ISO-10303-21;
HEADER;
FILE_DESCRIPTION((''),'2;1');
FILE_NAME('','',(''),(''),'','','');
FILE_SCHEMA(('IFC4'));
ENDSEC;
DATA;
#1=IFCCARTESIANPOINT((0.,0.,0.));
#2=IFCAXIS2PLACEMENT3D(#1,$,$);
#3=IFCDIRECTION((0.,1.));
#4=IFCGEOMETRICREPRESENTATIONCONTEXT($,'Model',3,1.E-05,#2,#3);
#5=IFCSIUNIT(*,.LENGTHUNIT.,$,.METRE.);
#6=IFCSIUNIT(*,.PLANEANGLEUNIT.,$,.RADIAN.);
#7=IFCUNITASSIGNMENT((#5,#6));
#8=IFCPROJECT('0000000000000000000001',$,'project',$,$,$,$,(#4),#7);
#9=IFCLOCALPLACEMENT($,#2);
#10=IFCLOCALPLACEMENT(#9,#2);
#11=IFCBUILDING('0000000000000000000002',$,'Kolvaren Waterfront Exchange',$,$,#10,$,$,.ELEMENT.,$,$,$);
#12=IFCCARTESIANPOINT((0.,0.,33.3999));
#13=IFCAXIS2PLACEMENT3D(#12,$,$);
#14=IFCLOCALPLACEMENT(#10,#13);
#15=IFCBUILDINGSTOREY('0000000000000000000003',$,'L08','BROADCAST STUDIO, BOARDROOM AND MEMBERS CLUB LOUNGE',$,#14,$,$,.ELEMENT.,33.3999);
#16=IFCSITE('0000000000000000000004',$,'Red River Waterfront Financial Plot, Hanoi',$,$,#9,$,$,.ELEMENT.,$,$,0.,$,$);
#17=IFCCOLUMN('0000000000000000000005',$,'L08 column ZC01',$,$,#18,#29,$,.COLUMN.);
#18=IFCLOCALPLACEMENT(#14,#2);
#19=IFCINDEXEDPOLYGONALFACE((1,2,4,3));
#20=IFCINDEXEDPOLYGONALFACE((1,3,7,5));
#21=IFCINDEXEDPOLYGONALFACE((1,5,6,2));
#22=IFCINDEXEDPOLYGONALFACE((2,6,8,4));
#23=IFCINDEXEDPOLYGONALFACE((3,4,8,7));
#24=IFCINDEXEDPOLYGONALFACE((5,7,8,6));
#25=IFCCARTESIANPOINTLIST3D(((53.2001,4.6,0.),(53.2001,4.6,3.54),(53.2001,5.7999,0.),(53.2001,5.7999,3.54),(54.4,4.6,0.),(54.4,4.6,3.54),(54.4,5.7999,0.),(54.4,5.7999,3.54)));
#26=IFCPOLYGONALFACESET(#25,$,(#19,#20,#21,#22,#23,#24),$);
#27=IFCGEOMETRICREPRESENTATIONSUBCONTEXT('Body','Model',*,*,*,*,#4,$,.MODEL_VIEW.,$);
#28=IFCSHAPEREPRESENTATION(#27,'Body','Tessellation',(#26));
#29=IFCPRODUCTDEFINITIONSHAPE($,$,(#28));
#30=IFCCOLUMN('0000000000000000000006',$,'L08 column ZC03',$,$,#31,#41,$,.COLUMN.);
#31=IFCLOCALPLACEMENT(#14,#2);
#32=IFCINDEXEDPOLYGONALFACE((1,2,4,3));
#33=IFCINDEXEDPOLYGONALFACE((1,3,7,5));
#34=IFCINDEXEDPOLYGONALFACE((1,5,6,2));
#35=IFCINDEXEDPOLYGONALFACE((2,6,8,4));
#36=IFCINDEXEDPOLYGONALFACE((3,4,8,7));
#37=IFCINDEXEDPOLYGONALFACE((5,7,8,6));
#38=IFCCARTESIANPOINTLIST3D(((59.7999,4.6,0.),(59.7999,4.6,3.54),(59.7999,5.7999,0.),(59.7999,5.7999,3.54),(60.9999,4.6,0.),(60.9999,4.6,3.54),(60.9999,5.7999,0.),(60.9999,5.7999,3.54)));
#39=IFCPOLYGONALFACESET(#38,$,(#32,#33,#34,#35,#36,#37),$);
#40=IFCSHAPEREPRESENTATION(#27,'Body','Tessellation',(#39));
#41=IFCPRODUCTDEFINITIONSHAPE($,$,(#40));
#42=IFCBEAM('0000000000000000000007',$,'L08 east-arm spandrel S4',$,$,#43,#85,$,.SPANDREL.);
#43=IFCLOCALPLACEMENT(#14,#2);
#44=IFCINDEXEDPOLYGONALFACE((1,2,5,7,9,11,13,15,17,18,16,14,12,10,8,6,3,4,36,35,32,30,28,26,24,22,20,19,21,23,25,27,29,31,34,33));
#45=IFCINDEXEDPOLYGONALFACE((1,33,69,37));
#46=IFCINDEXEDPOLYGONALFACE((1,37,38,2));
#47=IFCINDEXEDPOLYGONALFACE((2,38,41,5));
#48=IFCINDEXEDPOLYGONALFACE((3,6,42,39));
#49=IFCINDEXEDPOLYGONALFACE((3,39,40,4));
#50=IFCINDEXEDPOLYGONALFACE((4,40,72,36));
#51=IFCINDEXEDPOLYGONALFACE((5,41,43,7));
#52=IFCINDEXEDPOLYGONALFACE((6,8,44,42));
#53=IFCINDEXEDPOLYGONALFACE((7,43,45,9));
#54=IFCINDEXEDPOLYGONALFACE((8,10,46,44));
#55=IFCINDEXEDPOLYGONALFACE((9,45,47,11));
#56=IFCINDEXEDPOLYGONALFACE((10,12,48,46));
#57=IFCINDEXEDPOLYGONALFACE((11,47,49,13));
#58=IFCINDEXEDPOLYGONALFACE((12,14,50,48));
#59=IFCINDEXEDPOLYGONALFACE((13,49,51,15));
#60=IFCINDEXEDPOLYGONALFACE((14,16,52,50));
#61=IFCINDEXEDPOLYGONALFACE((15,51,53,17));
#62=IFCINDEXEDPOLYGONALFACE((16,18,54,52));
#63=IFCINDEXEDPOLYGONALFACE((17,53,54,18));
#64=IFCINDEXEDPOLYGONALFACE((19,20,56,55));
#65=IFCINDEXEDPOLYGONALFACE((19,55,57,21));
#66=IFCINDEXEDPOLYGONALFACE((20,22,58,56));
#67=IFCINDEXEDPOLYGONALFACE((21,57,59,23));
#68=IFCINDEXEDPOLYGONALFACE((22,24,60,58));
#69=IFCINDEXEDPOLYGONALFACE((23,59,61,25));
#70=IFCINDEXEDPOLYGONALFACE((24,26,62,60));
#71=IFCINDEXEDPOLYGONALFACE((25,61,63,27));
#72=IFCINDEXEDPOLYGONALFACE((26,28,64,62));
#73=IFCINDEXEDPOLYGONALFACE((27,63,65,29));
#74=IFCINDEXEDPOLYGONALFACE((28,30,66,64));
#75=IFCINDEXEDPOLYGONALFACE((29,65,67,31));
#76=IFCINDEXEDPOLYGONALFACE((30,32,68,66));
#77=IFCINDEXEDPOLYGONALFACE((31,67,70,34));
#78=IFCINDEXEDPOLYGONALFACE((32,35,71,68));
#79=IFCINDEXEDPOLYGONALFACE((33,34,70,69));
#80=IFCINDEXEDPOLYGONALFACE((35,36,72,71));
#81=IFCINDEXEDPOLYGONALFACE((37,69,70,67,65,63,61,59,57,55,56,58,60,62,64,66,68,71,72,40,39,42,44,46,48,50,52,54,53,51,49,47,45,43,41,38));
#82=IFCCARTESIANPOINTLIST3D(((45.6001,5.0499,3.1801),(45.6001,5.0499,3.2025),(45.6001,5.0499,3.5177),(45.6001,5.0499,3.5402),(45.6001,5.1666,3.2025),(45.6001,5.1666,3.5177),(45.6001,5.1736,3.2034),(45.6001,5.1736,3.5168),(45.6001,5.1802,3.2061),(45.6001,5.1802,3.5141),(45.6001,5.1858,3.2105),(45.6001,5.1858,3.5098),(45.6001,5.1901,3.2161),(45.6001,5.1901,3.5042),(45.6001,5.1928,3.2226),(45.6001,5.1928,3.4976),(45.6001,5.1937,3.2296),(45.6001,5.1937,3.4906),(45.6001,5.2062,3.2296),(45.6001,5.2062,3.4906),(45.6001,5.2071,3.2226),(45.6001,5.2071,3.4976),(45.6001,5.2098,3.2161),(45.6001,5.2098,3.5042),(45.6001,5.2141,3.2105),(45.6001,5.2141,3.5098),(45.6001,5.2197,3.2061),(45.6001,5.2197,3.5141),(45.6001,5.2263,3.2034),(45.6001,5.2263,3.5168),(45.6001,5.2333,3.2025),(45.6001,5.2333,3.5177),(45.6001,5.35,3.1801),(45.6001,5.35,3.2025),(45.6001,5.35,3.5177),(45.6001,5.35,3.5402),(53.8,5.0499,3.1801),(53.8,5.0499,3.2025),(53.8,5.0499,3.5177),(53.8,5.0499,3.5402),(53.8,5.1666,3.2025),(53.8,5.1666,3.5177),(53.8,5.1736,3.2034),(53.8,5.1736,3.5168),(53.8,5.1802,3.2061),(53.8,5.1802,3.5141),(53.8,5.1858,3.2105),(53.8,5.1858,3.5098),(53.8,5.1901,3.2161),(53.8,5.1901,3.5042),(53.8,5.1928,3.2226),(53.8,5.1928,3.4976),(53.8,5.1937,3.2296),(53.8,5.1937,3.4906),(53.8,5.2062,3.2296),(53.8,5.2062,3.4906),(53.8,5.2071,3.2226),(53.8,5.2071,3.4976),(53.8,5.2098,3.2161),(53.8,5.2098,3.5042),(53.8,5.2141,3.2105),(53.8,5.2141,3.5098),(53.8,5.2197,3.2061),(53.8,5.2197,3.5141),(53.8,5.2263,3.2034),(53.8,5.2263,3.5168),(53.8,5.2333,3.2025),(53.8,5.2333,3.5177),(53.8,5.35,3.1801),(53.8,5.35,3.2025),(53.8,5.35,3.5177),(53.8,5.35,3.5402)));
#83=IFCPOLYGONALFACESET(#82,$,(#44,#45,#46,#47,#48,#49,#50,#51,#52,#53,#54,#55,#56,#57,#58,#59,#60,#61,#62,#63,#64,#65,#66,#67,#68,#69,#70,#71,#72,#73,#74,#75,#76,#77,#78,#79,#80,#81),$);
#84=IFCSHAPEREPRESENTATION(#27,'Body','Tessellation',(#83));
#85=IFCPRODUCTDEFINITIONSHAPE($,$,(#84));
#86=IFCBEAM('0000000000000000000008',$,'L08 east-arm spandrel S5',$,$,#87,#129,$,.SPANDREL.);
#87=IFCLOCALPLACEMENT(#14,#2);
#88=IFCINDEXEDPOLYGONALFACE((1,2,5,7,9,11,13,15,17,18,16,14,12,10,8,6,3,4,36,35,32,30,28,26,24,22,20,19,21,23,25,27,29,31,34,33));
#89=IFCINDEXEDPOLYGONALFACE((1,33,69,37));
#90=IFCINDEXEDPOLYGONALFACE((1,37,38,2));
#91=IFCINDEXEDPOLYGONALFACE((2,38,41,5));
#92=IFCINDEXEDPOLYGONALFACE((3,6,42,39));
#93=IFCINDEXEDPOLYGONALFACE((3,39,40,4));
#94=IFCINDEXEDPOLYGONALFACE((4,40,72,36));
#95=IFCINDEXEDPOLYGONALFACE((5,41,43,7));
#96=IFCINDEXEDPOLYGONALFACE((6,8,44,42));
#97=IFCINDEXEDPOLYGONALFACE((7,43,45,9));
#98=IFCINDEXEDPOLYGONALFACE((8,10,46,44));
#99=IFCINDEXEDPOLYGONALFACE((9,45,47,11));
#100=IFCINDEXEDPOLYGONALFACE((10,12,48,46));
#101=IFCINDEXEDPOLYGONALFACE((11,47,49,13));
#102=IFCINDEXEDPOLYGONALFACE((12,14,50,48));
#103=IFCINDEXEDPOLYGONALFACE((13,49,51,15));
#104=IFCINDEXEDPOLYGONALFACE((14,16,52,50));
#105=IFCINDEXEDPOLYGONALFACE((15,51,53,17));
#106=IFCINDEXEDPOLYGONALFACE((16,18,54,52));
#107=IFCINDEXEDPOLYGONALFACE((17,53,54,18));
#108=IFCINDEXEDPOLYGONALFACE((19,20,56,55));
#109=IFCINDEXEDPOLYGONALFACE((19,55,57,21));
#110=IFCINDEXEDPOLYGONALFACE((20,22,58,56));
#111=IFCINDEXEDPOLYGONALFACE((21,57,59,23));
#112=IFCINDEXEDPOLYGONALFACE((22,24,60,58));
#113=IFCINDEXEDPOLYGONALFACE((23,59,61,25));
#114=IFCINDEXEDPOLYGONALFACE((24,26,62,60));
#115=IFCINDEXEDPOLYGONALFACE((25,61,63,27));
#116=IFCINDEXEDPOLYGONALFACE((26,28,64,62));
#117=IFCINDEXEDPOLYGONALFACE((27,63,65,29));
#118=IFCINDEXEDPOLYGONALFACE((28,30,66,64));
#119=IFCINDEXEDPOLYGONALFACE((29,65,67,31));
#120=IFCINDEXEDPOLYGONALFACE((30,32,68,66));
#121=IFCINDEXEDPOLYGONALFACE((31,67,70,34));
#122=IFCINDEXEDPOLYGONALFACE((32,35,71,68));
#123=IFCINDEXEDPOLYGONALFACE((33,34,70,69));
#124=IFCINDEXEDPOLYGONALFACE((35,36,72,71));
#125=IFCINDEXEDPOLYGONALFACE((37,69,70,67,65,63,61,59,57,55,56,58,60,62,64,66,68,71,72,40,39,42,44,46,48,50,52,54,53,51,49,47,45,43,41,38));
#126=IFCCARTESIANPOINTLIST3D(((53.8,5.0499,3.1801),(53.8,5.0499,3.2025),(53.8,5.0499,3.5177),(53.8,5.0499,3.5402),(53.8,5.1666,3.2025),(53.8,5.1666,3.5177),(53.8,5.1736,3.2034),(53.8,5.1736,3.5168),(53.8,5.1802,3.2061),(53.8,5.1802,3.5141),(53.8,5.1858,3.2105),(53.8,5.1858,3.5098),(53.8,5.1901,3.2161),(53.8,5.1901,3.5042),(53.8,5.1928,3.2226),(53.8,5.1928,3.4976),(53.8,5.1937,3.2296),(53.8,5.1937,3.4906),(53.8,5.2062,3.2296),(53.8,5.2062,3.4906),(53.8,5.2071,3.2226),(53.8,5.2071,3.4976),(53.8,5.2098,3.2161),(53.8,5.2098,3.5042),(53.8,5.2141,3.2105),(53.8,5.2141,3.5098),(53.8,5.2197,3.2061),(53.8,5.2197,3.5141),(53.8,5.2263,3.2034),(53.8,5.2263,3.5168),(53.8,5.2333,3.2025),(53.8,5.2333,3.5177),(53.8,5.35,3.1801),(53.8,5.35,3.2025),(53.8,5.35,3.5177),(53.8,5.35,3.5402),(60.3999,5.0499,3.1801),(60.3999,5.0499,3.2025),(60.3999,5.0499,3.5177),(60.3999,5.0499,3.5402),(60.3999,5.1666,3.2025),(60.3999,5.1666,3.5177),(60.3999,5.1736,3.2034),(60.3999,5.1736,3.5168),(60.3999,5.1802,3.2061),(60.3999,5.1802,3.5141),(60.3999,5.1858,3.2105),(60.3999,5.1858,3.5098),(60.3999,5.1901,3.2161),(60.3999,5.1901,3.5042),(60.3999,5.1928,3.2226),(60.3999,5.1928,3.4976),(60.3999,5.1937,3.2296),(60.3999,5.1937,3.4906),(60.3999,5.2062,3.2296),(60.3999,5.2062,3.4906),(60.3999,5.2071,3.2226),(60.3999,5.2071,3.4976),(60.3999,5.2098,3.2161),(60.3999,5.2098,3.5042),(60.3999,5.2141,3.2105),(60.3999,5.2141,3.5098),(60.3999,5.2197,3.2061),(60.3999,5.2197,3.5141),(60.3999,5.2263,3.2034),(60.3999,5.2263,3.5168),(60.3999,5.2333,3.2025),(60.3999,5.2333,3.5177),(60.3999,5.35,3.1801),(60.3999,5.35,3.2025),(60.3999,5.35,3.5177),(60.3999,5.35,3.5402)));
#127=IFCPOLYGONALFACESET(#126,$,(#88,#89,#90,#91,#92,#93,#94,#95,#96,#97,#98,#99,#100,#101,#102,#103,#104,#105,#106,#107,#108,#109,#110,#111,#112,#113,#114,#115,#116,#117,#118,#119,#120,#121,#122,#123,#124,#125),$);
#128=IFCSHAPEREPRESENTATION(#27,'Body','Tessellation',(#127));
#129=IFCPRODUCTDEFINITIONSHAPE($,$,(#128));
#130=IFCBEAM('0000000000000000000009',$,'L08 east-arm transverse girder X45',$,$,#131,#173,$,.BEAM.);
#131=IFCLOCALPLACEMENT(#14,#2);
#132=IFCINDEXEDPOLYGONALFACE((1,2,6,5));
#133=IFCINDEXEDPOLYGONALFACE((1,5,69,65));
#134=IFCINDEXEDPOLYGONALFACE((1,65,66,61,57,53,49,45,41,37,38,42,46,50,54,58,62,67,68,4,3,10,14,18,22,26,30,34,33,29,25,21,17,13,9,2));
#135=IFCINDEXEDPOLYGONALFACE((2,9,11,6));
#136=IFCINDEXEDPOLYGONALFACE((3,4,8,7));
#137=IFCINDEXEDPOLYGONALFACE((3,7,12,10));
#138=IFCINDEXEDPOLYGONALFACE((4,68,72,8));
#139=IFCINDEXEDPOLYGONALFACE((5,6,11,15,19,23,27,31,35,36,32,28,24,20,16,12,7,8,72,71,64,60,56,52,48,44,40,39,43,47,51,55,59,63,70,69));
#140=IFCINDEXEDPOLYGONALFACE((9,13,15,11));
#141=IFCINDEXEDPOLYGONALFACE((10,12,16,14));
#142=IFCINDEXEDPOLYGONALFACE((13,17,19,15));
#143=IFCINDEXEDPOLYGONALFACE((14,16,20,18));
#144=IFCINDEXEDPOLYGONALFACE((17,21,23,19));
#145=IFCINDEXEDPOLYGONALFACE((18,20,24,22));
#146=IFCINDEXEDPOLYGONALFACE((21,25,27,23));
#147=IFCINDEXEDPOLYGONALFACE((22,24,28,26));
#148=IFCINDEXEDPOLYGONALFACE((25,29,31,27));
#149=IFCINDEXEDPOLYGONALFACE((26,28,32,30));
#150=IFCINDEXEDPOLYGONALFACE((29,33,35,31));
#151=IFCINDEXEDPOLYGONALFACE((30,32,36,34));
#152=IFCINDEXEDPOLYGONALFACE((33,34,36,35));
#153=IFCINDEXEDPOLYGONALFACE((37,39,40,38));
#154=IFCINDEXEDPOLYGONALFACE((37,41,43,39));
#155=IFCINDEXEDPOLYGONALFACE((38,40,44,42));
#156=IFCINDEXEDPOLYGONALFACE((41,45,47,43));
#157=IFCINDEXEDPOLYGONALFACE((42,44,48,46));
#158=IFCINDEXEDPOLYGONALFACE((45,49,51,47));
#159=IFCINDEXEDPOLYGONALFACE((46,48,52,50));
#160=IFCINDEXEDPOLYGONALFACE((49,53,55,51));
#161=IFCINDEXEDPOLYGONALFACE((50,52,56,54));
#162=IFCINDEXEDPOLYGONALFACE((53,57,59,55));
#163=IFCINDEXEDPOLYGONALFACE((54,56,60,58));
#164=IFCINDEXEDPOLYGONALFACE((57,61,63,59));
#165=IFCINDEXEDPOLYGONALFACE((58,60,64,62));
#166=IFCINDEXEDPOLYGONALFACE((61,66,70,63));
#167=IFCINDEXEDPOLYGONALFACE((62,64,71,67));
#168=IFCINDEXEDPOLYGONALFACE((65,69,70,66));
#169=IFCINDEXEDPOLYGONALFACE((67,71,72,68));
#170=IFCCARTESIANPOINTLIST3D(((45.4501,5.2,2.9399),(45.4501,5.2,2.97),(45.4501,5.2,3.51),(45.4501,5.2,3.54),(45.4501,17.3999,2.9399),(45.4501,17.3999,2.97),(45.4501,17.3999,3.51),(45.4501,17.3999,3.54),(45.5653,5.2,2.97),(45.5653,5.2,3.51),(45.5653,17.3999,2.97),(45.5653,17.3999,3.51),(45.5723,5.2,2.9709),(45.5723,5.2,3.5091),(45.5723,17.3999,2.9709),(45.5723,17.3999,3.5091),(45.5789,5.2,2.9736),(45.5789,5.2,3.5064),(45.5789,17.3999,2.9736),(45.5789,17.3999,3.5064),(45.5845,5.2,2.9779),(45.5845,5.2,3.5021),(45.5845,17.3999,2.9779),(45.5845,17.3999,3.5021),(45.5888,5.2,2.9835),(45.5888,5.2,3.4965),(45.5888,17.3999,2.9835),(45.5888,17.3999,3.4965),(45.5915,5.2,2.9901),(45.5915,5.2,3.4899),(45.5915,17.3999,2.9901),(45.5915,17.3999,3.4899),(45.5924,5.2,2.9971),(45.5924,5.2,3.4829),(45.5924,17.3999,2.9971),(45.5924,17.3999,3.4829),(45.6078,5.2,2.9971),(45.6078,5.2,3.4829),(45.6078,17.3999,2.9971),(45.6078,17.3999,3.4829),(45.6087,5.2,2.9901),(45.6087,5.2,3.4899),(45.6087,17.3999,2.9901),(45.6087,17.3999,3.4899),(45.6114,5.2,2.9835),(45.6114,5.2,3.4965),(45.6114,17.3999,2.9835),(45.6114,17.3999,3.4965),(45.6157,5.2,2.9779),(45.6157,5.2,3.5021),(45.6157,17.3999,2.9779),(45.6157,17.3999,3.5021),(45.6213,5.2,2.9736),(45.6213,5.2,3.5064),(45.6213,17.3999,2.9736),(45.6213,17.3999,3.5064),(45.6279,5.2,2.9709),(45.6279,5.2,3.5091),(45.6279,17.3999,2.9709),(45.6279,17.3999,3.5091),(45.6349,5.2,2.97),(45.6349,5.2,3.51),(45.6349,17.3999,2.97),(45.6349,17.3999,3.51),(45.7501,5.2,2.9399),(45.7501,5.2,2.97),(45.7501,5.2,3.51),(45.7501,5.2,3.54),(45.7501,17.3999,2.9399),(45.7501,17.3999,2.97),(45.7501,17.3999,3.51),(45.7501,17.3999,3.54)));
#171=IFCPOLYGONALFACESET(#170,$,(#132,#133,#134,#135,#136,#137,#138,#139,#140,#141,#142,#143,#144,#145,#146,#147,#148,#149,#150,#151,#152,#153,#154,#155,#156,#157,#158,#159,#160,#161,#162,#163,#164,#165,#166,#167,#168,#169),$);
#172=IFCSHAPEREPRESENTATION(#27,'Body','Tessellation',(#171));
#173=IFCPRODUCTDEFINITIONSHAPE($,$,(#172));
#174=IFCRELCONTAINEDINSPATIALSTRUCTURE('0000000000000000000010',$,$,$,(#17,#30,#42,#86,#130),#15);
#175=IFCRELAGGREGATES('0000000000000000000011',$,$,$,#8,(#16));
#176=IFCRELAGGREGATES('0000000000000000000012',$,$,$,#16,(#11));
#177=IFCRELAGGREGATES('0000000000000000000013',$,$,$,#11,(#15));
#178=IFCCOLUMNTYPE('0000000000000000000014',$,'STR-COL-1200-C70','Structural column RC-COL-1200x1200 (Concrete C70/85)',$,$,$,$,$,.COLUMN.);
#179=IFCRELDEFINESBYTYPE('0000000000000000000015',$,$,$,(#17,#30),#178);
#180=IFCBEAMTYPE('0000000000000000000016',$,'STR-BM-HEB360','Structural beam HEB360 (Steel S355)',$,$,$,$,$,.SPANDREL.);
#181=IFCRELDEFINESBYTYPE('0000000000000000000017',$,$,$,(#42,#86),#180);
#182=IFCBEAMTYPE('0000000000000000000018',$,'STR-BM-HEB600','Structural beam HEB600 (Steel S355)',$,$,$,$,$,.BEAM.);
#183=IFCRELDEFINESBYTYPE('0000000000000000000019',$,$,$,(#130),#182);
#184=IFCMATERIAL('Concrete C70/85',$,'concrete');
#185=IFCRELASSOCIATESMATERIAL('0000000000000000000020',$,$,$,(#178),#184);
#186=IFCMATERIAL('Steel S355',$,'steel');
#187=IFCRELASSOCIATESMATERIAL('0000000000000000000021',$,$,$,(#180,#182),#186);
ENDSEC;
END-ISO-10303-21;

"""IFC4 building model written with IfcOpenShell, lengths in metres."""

from ifc_helpers import new_model, si_unit, direction, frame, origin, origin_2d, place, context, subcontext, project, spatial, rectangle, i_section, extrude, material, material_profile, profile_set, type_object, element, save


model = new_model("IFC4")

# Units and contexts
model_context = context("Model", 3, precision=1e-05, world=origin(), true_north=direction((0.0, 1.0)))
body_context = subcontext(model_context, "Body", "Model", "MODEL_VIEW")
ifc_project = project(units=[si_unit("LENGTHUNIT", "METRE"), si_unit("PLANEANGLEUNIT", "RADIAN")], contexts=[model_context])

# Site, building, storey
site_placement = place(None, origin())
site = spatial("IfcSite", under=ifc_project, at=site_placement, Name="Red River Waterfront Financial Plot, Hanoi", CompositionType="ELEMENT", RefElevation=0.0)
building_placement = place(site_placement, origin())
building = spatial("IfcBuilding", under=site, at=building_placement, Name="Kolvaren Waterfront Exchange", CompositionType="ELEMENT")
storey_placement = place(building_placement, frame((0.0, 0.0, 33.3999)))
storey = spatial("IfcBuildingStorey", under=building, at=storey_placement, Name="L08", Description="BROADCAST STUDIO, BOARDROOM AND MEMBERS CLUB LOUNGE", CompositionType="ELEMENT", Elevation=33.3999)

# Columns
ifc_material_1 = material(Name="Concrete C70/85", Category="concrete")
ifc_material_profile_1 = material_profile(ifc_material_1, rectangle(XDim=1.2, YDim=1.2, at=origin_2d()), Name="RC-COL-1200x1200")
ifc_profile_set_1 = profile_set([ifc_material_profile_1], Name="Concrete C70/85")
column_type = type_object("IfcColumnType", Name="STR-COL-1200-C70", Description="Structural column RC-COL-1200x1200 (Concrete C70/85)", PredefinedType="COLUMN", material=ifc_profile_set_1)
for number, where, z_axis, x_axis, name in (
    (1, (53.8, 5.2, 0.0), (0.0, 0.0, 1.0), (1.0, 0.0, 0.0), "L08 column ZC01"),
    (2, (60.3999, 5.2, 0.0), (0.0, 0.0, 1.0), (1.0, 0.0, 0.0), "L08 column ZC03"),
):
    element("IfcColumn", number, at=place(storey_placement, frame(where, z_axis=z_axis, x_axis=x_axis)), inside=storey, type_object=column_type, Name=name, PredefinedType="COLUMN", context=body_context, shape_type="SweptSolid", body=[
        extrude(rectangle(XDim=1.2, YDim=1.2, at=origin_2d()), origin(), (0.0, 0.0, 1.0), 3.54),
    ])

# Beams
ifc_material_2 = material(Name="Steel S355", Category="steel")
ifc_material_profile_2 = material_profile(ifc_material_2, i_section(OverallWidth=0.3, OverallDepth=0.3601, WebThickness=0.0125, FlangeThickness=0.0225, FilletRadius=0.0271, at=origin_2d()), Name="HEB360")
ifc_profile_set_2 = profile_set([ifc_material_profile_2], Name="Steel S355")
beam_type_1 = type_object("IfcBeamType", Name="STR-BM-HEB360", Description="Structural beam HEB360 (Steel S355)", PredefinedType="SPANDREL", material=ifc_profile_set_2)
beam_1_placement = place(storey_placement, frame((45.6001, 5.2, 3.3601), z_axis=(1.0, 0.0, 0.0), x_axis=(0.0, 1.0, 0.0)))
element("IfcBeam", 3, at=beam_1_placement, inside=storey, type_object=beam_type_1, Name="L08 east-arm spandrel S4", PredefinedType="SPANDREL", context=body_context, shape_type="SweptSolid", body=[
    extrude(i_section(OverallWidth=0.3, OverallDepth=0.3601, WebThickness=0.0125, FlangeThickness=0.0225, FilletRadius=0.0271, at=origin_2d()), origin(), (0.0, 0.0, 1.0), 8.2),
])
beam_2_placement = place(storey_placement, frame((53.8, 5.2, 3.3601), z_axis=(1.0, 0.0, 0.0), x_axis=(0.0, 1.0, 0.0)))
element("IfcBeam", 4, at=beam_2_placement, inside=storey, type_object=beam_type_1, Name="L08 east-arm spandrel S5", PredefinedType="SPANDREL", context=body_context, shape_type="SweptSolid", body=[
    extrude(i_section(OverallWidth=0.3, OverallDepth=0.3601, WebThickness=0.0125, FlangeThickness=0.0225, FilletRadius=0.0271, at=origin_2d()), origin(), (0.0, 0.0, 1.0), 6.5999),
])
ifc_material_profile_3 = material_profile(ifc_material_2, i_section(OverallWidth=0.3, OverallDepth=0.6001, WebThickness=0.0154, FlangeThickness=0.03, FilletRadius=0.0271, at=origin_2d()), Name="HEB600")
ifc_profile_set_3 = profile_set([ifc_material_profile_3], Name="Steel S355")
beam_type_2 = type_object("IfcBeamType", Name="STR-BM-HEB600", Description="Structural beam HEB600 (Steel S355)", PredefinedType="BEAM", material=ifc_profile_set_3)
for number, where, z_axis, x_axis, name in (
    (5, (45.6001, 5.2, 3.24), (0.0, 1.0, 0.0), (-1.0, 0.0, 0.0), "L08 east-arm transverse girder X45"),
):
    element("IfcBeam", number, at=place(storey_placement, frame(where, z_axis=z_axis, x_axis=x_axis)), inside=storey, type_object=beam_type_2, Name=name, PredefinedType="BEAM", context=body_context, shape_type="SweptSolid", body=[
        extrude(i_section(OverallWidth=0.3, OverallDepth=0.6001, WebThickness=0.0154, FlangeThickness=0.03, FilletRadius=0.0271, at=origin_2d()), origin(), (0.0, 0.0, 1.0), 12.2),
    ])

save(model, "model.ifc")
